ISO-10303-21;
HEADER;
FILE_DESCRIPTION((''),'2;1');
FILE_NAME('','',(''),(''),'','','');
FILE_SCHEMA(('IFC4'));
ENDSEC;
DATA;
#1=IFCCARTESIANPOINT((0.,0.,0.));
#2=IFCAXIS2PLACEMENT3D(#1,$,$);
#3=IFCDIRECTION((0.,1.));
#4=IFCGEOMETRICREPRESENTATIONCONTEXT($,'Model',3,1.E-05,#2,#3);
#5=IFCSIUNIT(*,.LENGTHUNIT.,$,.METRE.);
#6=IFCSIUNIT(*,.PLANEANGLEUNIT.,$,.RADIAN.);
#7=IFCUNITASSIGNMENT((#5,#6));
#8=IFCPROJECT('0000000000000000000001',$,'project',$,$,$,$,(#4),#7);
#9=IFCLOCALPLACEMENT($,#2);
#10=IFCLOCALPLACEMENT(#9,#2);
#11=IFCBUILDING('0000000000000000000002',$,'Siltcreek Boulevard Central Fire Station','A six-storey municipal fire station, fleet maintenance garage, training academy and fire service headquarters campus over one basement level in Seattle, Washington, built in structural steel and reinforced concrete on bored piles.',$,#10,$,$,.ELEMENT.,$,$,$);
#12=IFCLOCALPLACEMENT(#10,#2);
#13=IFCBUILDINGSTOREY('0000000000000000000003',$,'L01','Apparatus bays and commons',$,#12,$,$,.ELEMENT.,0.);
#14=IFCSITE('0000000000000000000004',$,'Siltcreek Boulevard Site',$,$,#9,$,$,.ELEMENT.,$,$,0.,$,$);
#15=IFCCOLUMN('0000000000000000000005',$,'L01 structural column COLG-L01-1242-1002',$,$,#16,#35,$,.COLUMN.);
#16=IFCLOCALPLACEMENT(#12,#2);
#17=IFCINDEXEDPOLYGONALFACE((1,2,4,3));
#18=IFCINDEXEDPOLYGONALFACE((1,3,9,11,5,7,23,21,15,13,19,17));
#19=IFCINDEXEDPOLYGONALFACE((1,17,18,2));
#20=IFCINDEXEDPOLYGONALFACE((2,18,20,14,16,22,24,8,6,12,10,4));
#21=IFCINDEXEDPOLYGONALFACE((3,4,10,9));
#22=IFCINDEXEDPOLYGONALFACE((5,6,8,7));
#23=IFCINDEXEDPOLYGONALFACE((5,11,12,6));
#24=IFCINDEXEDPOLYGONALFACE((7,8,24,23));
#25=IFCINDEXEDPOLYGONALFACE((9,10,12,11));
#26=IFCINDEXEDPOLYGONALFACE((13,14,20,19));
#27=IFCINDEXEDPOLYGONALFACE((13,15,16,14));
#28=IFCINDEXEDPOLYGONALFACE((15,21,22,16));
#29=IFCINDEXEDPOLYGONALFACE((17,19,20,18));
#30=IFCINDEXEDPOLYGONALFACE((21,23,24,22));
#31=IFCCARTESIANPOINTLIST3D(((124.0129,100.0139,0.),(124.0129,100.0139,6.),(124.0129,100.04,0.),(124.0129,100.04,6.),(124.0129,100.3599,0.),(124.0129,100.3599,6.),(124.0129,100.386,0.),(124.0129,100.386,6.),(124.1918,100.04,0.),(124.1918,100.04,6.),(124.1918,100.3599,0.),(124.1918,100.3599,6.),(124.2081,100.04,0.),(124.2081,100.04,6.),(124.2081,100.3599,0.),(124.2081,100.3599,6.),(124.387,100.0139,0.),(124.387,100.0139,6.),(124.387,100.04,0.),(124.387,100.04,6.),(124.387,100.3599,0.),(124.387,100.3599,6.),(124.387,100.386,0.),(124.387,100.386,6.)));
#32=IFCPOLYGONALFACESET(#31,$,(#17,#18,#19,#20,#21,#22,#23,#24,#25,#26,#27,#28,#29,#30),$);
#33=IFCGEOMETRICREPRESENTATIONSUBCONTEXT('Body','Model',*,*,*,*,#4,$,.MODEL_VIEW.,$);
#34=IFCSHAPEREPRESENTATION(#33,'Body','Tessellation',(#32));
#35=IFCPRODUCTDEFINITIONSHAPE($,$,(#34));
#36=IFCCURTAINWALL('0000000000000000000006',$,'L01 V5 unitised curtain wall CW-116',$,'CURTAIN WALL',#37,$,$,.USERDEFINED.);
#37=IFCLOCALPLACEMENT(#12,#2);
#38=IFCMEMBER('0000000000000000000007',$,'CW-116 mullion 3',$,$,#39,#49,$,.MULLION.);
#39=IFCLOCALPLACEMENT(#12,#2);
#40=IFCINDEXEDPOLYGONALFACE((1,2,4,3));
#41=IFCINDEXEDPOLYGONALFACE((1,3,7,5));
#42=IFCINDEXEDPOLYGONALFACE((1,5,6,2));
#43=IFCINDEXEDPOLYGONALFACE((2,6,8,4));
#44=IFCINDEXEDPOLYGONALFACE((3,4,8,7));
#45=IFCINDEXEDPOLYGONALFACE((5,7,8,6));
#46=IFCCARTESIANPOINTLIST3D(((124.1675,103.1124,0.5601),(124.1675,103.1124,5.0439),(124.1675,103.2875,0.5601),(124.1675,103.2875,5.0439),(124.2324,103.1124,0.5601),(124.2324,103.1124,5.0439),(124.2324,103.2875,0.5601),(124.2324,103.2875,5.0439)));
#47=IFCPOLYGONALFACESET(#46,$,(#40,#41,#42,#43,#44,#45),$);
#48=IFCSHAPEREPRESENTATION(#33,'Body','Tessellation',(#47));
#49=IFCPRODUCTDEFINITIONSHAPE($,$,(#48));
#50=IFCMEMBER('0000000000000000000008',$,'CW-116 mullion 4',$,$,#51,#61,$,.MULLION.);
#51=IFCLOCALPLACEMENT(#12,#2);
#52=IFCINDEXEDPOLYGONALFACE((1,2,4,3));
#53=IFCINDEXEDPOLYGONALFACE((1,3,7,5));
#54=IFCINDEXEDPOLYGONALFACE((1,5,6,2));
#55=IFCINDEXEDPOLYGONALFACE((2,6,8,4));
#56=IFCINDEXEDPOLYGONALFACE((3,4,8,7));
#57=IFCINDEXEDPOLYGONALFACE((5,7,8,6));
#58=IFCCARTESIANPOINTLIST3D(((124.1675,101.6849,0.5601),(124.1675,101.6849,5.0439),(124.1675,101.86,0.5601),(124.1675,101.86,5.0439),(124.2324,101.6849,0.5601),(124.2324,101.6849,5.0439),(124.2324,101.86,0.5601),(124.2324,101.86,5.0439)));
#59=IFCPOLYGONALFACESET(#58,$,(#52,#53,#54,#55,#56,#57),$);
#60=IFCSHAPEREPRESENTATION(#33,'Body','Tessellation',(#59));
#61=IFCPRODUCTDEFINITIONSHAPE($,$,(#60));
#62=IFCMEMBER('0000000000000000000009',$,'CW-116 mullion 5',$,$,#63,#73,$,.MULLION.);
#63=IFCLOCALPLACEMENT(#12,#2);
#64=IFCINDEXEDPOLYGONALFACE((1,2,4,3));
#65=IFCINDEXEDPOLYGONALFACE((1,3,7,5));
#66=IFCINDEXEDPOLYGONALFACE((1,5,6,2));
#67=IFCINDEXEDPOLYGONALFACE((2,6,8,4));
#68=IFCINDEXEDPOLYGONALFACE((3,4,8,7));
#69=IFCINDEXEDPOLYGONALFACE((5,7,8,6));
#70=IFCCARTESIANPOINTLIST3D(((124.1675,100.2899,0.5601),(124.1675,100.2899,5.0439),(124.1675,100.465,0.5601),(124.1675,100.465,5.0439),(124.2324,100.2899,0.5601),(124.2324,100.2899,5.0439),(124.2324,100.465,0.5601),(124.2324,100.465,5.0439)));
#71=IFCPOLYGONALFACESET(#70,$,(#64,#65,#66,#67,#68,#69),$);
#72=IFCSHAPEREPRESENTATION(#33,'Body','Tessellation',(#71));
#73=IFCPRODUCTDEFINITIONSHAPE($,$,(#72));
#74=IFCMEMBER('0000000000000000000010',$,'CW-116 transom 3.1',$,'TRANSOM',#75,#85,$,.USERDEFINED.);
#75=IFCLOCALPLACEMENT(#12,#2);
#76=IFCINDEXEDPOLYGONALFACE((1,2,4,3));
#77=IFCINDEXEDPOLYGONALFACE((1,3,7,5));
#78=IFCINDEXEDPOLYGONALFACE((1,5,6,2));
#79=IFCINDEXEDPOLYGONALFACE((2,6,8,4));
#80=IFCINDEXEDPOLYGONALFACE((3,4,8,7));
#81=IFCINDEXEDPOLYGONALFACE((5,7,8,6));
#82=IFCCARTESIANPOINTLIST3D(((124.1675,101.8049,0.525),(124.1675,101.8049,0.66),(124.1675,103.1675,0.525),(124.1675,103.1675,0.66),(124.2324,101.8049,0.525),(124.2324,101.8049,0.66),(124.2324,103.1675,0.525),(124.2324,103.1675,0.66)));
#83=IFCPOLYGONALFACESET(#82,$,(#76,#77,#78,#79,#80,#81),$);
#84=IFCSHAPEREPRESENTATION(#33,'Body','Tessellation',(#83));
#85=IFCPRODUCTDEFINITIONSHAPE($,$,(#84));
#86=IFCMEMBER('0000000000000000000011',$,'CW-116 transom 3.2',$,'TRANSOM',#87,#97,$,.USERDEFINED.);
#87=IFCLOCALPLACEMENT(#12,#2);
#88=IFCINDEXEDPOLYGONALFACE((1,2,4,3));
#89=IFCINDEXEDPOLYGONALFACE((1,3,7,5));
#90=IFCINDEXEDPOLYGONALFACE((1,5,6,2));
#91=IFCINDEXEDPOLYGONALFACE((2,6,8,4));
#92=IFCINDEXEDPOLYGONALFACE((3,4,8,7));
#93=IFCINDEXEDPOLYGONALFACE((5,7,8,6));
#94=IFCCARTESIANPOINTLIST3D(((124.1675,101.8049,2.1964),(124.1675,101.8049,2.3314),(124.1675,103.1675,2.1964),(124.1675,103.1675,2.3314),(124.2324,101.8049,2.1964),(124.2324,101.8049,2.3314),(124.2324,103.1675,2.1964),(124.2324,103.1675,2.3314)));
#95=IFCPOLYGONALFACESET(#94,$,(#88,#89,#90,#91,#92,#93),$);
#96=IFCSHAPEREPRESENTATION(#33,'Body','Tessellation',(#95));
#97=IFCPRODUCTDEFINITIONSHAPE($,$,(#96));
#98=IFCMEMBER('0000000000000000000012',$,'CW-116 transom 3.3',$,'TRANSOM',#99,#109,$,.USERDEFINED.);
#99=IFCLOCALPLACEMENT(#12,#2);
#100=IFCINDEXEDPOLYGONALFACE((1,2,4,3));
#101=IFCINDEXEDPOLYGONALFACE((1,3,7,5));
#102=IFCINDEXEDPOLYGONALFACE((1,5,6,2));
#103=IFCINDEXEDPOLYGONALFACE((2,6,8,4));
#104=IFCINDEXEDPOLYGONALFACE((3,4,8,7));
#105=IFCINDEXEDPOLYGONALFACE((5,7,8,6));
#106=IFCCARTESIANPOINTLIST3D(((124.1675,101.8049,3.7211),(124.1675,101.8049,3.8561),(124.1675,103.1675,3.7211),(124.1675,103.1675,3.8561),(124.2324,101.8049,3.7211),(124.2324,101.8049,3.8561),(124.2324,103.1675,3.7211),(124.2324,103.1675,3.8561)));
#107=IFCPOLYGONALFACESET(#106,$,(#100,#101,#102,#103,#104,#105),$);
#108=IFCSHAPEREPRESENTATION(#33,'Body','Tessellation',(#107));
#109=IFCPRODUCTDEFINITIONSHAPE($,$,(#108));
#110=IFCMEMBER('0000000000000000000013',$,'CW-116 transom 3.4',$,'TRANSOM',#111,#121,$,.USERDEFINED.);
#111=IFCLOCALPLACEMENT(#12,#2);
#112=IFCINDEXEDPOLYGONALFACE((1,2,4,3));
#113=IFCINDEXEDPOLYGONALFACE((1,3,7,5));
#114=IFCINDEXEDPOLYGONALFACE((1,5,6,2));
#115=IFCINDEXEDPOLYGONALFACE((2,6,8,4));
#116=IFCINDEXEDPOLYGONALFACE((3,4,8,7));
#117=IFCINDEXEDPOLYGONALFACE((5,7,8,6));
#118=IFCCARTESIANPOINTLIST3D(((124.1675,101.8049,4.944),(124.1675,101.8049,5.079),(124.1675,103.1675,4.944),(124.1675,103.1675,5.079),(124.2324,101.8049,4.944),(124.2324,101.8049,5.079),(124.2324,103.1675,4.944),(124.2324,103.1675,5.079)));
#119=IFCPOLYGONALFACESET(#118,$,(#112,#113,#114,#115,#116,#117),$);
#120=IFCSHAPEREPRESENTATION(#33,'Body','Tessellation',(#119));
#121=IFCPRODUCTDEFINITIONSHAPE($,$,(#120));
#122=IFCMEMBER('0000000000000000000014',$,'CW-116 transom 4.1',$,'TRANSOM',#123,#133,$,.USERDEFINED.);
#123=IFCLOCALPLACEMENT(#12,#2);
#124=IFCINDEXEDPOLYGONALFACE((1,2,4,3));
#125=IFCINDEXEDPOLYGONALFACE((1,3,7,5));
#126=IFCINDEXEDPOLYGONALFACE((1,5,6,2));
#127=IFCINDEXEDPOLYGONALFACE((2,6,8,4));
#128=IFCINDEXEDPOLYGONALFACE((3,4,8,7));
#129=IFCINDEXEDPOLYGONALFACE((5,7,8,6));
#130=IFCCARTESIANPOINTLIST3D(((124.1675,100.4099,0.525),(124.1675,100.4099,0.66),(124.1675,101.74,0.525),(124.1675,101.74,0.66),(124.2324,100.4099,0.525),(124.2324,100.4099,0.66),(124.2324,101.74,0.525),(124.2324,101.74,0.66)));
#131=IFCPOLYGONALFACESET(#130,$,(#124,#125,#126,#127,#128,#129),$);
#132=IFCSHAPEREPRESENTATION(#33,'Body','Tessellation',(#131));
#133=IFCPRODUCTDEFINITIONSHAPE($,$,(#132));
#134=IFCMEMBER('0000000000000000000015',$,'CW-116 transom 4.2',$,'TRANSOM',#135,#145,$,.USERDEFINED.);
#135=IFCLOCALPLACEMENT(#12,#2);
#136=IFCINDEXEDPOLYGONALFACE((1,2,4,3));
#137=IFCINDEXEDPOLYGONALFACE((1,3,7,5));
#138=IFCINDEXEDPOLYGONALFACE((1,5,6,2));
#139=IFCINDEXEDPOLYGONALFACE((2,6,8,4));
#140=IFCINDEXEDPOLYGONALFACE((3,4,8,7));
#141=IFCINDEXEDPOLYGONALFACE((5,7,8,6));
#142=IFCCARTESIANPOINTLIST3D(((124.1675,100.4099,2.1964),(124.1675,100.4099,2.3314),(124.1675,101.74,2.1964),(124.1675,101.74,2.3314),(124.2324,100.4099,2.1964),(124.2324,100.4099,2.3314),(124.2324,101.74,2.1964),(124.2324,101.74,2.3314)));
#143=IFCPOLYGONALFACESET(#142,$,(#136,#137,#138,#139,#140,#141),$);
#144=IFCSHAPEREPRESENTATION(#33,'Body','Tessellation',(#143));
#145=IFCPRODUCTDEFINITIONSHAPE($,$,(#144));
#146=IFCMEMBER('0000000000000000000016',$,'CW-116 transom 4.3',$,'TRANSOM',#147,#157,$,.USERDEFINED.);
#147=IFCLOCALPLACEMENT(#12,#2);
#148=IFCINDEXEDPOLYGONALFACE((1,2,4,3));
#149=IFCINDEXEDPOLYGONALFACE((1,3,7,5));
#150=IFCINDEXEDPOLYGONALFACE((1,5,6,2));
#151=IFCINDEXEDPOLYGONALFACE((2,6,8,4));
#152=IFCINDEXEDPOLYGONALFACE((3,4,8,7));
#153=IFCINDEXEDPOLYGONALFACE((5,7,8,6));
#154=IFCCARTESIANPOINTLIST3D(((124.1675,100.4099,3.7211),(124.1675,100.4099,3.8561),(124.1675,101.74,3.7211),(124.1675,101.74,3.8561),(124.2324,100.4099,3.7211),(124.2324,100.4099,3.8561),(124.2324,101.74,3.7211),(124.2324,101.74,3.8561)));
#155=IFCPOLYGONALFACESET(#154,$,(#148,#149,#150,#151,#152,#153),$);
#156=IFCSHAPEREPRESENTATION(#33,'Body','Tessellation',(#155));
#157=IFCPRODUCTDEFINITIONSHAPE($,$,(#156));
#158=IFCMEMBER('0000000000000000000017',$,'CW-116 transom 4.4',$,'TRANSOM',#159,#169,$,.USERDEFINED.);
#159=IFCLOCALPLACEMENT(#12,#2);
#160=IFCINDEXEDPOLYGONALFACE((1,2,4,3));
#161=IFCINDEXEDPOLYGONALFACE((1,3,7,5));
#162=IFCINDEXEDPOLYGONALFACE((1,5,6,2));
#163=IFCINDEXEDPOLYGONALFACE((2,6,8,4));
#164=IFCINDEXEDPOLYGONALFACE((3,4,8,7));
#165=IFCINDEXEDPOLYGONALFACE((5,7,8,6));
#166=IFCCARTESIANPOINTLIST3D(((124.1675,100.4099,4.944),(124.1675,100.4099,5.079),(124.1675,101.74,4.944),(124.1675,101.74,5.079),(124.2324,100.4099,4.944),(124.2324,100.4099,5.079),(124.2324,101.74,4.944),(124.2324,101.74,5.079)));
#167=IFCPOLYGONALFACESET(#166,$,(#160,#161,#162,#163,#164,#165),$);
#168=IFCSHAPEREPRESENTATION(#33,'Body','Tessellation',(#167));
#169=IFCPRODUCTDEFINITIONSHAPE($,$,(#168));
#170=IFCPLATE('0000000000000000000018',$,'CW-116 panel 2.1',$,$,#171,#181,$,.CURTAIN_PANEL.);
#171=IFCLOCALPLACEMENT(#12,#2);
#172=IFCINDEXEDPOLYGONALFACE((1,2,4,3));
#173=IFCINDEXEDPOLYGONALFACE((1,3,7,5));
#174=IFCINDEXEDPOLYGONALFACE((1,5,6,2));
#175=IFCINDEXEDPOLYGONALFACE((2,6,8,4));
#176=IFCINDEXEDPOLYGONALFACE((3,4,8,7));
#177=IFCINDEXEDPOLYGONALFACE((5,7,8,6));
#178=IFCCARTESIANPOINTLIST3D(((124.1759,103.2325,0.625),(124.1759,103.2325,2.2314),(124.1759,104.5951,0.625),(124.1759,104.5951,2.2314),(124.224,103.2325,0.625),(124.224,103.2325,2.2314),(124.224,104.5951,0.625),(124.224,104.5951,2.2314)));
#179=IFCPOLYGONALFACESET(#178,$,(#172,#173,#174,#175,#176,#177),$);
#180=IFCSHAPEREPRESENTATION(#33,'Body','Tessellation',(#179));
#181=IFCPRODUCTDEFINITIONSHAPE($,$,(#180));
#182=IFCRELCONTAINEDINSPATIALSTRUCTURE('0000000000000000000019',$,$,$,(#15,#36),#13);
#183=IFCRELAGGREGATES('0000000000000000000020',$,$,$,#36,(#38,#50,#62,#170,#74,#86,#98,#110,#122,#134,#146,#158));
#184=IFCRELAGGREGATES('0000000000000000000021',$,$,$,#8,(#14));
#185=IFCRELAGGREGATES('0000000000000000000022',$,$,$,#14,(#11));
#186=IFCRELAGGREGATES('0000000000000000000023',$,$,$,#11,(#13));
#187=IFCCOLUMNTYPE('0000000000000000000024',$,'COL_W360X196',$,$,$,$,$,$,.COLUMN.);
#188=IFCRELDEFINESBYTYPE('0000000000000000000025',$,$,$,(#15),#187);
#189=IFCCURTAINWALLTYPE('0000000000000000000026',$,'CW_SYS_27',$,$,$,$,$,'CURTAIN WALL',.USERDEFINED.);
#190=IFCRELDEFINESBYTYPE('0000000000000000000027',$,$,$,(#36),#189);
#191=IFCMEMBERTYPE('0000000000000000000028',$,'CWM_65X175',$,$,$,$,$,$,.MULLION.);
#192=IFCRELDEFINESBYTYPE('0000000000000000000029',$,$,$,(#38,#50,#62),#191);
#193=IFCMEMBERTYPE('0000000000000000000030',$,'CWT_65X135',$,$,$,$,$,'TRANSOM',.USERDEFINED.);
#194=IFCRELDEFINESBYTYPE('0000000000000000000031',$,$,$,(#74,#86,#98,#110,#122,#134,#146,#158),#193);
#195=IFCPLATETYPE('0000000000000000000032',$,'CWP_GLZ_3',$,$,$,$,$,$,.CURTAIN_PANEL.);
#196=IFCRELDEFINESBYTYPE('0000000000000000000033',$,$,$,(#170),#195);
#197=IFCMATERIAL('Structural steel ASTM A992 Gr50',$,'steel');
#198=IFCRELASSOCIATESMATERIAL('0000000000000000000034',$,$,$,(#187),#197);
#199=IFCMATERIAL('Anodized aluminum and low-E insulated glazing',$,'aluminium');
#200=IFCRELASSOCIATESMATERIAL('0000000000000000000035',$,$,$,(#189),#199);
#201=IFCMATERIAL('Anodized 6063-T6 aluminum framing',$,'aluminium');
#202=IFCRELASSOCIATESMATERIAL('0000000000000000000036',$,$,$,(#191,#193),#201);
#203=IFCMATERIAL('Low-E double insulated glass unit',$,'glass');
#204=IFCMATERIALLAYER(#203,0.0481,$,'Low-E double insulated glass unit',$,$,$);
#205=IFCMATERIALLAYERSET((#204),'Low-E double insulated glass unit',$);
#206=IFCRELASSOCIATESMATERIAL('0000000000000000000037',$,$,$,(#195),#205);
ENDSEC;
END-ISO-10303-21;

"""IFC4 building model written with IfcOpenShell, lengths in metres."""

from ifc_helpers import new_model, si_unit, direction, frame, origin, origin_2d, place, context, subcontext, project, spatial, rectangle, i_section, extrude, material, layer, layer_set, material_profile, profile_set, type_object, element, aggregate, save


model = new_model("IFC4")

# Units and contexts
model_context = context("Model", 3, precision=1e-05, world=origin(), true_north=direction((0.0, 1.0)))
body_context = subcontext(model_context, "Body", "Model", "MODEL_VIEW")
ifc_project = project(units=[si_unit("LENGTHUNIT", "METRE"), si_unit("PLANEANGLEUNIT", "RADIAN")], contexts=[model_context])

# Site, building, storey
site_placement = place(None, origin())
site = spatial("IfcSite", under=ifc_project, at=site_placement, Name="Siltcreek Boulevard Site", CompositionType="ELEMENT", RefElevation=0.0)
building_placement = place(site_placement, origin())
building = spatial("IfcBuilding", under=site, at=building_placement, Name="Siltcreek Boulevard Central Fire Station", Description="A six-storey municipal fire station, fleet maintenance garage, training academy and fire service headquarters campus over one basement level in Seattle, Washington, built in structural steel and reinforced concrete on bored piles.", CompositionType="ELEMENT")
storey_placement = place(building_placement, origin())
storey = spatial("IfcBuildingStorey", under=building, at=storey_placement, Name="L01", Description="Apparatus bays and commons", CompositionType="ELEMENT", Elevation=0.0)

# Column
ifc_material_1 = material(Name="Structural steel ASTM A992 Gr50", Category="steel")
ifc_material_profile_1 = material_profile(ifc_material_1, i_section(OverallWidth=0.374, OverallDepth=0.3721, WebThickness=0.0164, FlangeThickness=0.0261, at=origin_2d()), Name="W360X196")
ifc_profile_set_1 = profile_set([ifc_material_profile_1], Name="Structural steel ASTM A992 Gr50")
column_type = type_object("IfcColumnType", Name="COL_W360X196", PredefinedType="COLUMN", material=ifc_profile_set_1)
column_placement = place(storey_placement, frame((124.2, 100.2, 0.0), z_axis=(0.0, 0.0, 1.0), x_axis=(1.0, 0.0, 0.0)))
element("IfcColumn", 1, at=column_placement, inside=storey, type_object=column_type, Name="L01 structural column COLG-L01-1242-1002", PredefinedType="COLUMN", context=body_context, shape_type="SweptSolid", body=[
    extrude(i_section(OverallWidth=0.374, OverallDepth=0.3721, WebThickness=0.0164, FlangeThickness=0.0261, at=origin_2d()), origin(), (0.0, 0.0, 1.0), 6.0),
])

# Curtain wall, members, plate
ifc_material_2 = material(Name="Anodized aluminum and low-E insulated glazing", Category="aluminium")
curtain_wall_type = type_object("IfcCurtainWallType", Name="CW_SYS_27", ElementType="CURTAIN WALL", PredefinedType="USERDEFINED", material=ifc_material_2)
curtain_wall_placement = place(storey_placement, origin())
curtain_wall = element("IfcCurtainWall", 2, at=curtain_wall_placement, inside=storey, type_object=curtain_wall_type, Name="L01 V5 unitised curtain wall CW-116", ObjectType="CURTAIN WALL", PredefinedType="USERDEFINED")
ifc_material_3 = material(Name="Anodized 6063-T6 aluminum framing", Category="aluminium")
ifc_material_profile_2 = material_profile(ifc_material_3, rectangle(XDim=0.0649, YDim=0.175, at=origin_2d()), Name="MULL65X175")
ifc_profile_set_2 = profile_set([ifc_material_profile_2], Name="Anodized 6063-T6 aluminum framing")
member_type_1 = type_object("IfcMemberType", Name="CWM_65X175", PredefinedType="MULLION", material=ifc_profile_set_2)
member_1_placement = place(storey_placement, frame((124.2, 103.2, 0.5601), z_axis=(0.0, 0.0, 1.0), x_axis=(1.0, 0.0, 0.0)))
member_1 = element("IfcMember", 3, at=member_1_placement, type_object=member_type_1, Name="CW-116 mullion 3", PredefinedType="MULLION", context=body_context, shape_type="SweptSolid", body=[
    extrude(rectangle(XDim=0.0649, YDim=0.175, at=origin_2d()), origin(), (0.0, 0.0, 1.0), 4.4839),
])
member_2_placement = place(storey_placement, frame((124.2, 101.7725, 0.5601), z_axis=(0.0, 0.0, 1.0), x_axis=(1.0, 0.0, 0.0)))
member_2 = element("IfcMember", 4, at=member_2_placement, type_object=member_type_1, Name="CW-116 mullion 4", PredefinedType="MULLION", context=body_context, shape_type="SweptSolid", body=[
    extrude(rectangle(XDim=0.0649, YDim=0.175, at=origin_2d()), origin(), (0.0, 0.0, 1.0), 4.4839),
])
member_3_placement = place(storey_placement, frame((124.2, 100.3774, 0.5601), z_axis=(0.0, 0.0, 1.0), x_axis=(1.0, 0.0, 0.0)))
member_3 = element("IfcMember", 5, at=member_3_placement, type_object=member_type_1, Name="CW-116 mullion 5", PredefinedType="MULLION", context=body_context, shape_type="SweptSolid", body=[
    extrude(rectangle(XDim=0.0649, YDim=0.175, at=origin_2d()), origin(), (0.0, 0.0, 1.0), 4.4839),
])
ifc_material_profile_3 = material_profile(ifc_material_3, rectangle(XDim=0.0649, YDim=0.135, at=origin_2d()), Name="TRAN65X135")
ifc_profile_set_3 = profile_set([ifc_material_profile_3], Name="Anodized 6063-T6 aluminum framing")
member_type_2 = type_object("IfcMemberType", Name="CWT_65X135", ElementType="TRANSOM", PredefinedType="USERDEFINED", material=ifc_profile_set_3)
member_4_placement = place(storey_placement, frame((124.2, 103.1675, 0.5925), z_axis=(0.0, -1.0, 0.0), x_axis=(1.0, 0.0, 0.0)))
member_4 = element("IfcMember", 6, at=member_4_placement, type_object=member_type_2, Name="CW-116 transom 3.1", ObjectType="TRANSOM", PredefinedType="USERDEFINED", context=body_context, shape_type="SweptSolid", body=[
    extrude(rectangle(XDim=0.0649, YDim=0.135, at=origin_2d()), origin(), (0.0, 0.0, 1.0), 1.3625),
])
member_5_placement = place(storey_placement, frame((124.2, 103.1675, 2.2639), z_axis=(0.0, -1.0, 0.0), x_axis=(1.0, 0.0, 0.0)))
member_5 = element("IfcMember", 7, at=member_5_placement, type_object=member_type_2, Name="CW-116 transom 3.2", ObjectType="TRANSOM", PredefinedType="USERDEFINED", context=body_context, shape_type="SweptSolid", body=[
    extrude(rectangle(XDim=0.0649, YDim=0.135, at=origin_2d()), origin(), (0.0, 0.0, 1.0), 1.3625),
])
member_6_placement = place(storey_placement, frame((124.2, 103.1675, 3.7886), z_axis=(0.0, -1.0, 0.0), x_axis=(1.0, 0.0, 0.0)))
member_6 = element("IfcMember", 8, at=member_6_placement, type_object=member_type_2, Name="CW-116 transom 3.3", ObjectType="TRANSOM", PredefinedType="USERDEFINED", context=body_context, shape_type="SweptSolid", body=[
    extrude(rectangle(XDim=0.0649, YDim=0.135, at=origin_2d()), origin(), (0.0, 0.0, 1.0), 1.3625),
])
member_7_placement = place(storey_placement, frame((124.2, 103.1675, 5.0115), z_axis=(0.0, -1.0, 0.0), x_axis=(1.0, 0.0, 0.0)))
member_7 = element("IfcMember", 9, at=member_7_placement, type_object=member_type_2, Name="CW-116 transom 3.4", ObjectType="TRANSOM", PredefinedType="USERDEFINED", context=body_context, shape_type="SweptSolid", body=[
    extrude(rectangle(XDim=0.0649, YDim=0.135, at=origin_2d()), origin(), (0.0, 0.0, 1.0), 1.3625),
])
member_8_placement = place(storey_placement, frame((124.2, 101.74, 0.5925), z_axis=(0.0, -1.0, 0.0), x_axis=(1.0, 0.0, 0.0)))
member_8 = element("IfcMember", 10, at=member_8_placement, type_object=member_type_2, Name="CW-116 transom 4.1", ObjectType="TRANSOM", PredefinedType="USERDEFINED", context=body_context, shape_type="SweptSolid", body=[
    extrude(rectangle(XDim=0.0649, YDim=0.135, at=origin_2d()), origin(), (0.0, 0.0, 1.0), 1.3301),
])
member_9_placement = place(storey_placement, frame((124.2, 101.74, 2.2639), z_axis=(0.0, -1.0, 0.0), x_axis=(1.0, 0.0, 0.0)))
member_9 = element("IfcMember", 11, at=member_9_placement, type_object=member_type_2, Name="CW-116 transom 4.2", ObjectType="TRANSOM", PredefinedType="USERDEFINED", context=body_context, shape_type="SweptSolid", body=[
    extrude(rectangle(XDim=0.0649, YDim=0.135, at=origin_2d()), origin(), (0.0, 0.0, 1.0), 1.3301),
])
member_10_placement = place(storey_placement, frame((124.2, 101.74, 3.7886), z_axis=(0.0, -1.0, 0.0), x_axis=(1.0, 0.0, 0.0)))
member_10 = element("IfcMember", 12, at=member_10_placement, type_object=member_type_2, Name="CW-116 transom 4.3", ObjectType="TRANSOM", PredefinedType="USERDEFINED", context=body_context, shape_type="SweptSolid", body=[
    extrude(rectangle(XDim=0.0649, YDim=0.135, at=origin_2d()), origin(), (0.0, 0.0, 1.0), 1.3301),
])
member_11_placement = place(storey_placement, frame((124.2, 101.74, 5.0115), z_axis=(0.0, -1.0, 0.0), x_axis=(1.0, 0.0, 0.0)))
member_11 = element("IfcMember", 13, at=member_11_placement, type_object=member_type_2, Name="CW-116 transom 4.4", ObjectType="TRANSOM", PredefinedType="USERDEFINED", context=body_context, shape_type="SweptSolid", body=[
    extrude(rectangle(XDim=0.0649, YDim=0.135, at=origin_2d()), origin(), (0.0, 0.0, 1.0), 1.3301),
])
ifc_material_4 = material(Name="Low-E double insulated glass unit", Category="glass")
ifc_layer_1 = layer(ifc_material_4, 0.0481, Name="Low-E double insulated glass unit")
ifc_layer_set_1 = layer_set([ifc_layer_1], Name="Low-E double insulated glass unit")
plate_type = type_object("IfcPlateType", Name="CWP_GLZ_3", PredefinedType="CURTAIN_PANEL", material=ifc_layer_set_1)
plate_1_placement = place(storey_placement, frame((124.2, 103.9138, 0.625), z_axis=(0.0, 0.0, 1.0), x_axis=(0.0, -1.0, 0.0)))
plate_1 = element("IfcPlate", 14, at=plate_1_placement, type_object=plate_type, Name="CW-116 panel 2.1", PredefinedType="CURTAIN_PANEL", context=body_context, shape_type="SweptSolid", body=[
    extrude(rectangle(XDim=1.3625, YDim=0.0481, at=origin_2d()), origin(), (0.0, 0.0, 1.0), 1.6064),
])
aggregate(curtain_wall, [member_1, member_2, member_3, plate_1, member_4, member_5, member_6, member_7, member_8, member_9, member_10, member_11])

save(model, "model.ifc")
